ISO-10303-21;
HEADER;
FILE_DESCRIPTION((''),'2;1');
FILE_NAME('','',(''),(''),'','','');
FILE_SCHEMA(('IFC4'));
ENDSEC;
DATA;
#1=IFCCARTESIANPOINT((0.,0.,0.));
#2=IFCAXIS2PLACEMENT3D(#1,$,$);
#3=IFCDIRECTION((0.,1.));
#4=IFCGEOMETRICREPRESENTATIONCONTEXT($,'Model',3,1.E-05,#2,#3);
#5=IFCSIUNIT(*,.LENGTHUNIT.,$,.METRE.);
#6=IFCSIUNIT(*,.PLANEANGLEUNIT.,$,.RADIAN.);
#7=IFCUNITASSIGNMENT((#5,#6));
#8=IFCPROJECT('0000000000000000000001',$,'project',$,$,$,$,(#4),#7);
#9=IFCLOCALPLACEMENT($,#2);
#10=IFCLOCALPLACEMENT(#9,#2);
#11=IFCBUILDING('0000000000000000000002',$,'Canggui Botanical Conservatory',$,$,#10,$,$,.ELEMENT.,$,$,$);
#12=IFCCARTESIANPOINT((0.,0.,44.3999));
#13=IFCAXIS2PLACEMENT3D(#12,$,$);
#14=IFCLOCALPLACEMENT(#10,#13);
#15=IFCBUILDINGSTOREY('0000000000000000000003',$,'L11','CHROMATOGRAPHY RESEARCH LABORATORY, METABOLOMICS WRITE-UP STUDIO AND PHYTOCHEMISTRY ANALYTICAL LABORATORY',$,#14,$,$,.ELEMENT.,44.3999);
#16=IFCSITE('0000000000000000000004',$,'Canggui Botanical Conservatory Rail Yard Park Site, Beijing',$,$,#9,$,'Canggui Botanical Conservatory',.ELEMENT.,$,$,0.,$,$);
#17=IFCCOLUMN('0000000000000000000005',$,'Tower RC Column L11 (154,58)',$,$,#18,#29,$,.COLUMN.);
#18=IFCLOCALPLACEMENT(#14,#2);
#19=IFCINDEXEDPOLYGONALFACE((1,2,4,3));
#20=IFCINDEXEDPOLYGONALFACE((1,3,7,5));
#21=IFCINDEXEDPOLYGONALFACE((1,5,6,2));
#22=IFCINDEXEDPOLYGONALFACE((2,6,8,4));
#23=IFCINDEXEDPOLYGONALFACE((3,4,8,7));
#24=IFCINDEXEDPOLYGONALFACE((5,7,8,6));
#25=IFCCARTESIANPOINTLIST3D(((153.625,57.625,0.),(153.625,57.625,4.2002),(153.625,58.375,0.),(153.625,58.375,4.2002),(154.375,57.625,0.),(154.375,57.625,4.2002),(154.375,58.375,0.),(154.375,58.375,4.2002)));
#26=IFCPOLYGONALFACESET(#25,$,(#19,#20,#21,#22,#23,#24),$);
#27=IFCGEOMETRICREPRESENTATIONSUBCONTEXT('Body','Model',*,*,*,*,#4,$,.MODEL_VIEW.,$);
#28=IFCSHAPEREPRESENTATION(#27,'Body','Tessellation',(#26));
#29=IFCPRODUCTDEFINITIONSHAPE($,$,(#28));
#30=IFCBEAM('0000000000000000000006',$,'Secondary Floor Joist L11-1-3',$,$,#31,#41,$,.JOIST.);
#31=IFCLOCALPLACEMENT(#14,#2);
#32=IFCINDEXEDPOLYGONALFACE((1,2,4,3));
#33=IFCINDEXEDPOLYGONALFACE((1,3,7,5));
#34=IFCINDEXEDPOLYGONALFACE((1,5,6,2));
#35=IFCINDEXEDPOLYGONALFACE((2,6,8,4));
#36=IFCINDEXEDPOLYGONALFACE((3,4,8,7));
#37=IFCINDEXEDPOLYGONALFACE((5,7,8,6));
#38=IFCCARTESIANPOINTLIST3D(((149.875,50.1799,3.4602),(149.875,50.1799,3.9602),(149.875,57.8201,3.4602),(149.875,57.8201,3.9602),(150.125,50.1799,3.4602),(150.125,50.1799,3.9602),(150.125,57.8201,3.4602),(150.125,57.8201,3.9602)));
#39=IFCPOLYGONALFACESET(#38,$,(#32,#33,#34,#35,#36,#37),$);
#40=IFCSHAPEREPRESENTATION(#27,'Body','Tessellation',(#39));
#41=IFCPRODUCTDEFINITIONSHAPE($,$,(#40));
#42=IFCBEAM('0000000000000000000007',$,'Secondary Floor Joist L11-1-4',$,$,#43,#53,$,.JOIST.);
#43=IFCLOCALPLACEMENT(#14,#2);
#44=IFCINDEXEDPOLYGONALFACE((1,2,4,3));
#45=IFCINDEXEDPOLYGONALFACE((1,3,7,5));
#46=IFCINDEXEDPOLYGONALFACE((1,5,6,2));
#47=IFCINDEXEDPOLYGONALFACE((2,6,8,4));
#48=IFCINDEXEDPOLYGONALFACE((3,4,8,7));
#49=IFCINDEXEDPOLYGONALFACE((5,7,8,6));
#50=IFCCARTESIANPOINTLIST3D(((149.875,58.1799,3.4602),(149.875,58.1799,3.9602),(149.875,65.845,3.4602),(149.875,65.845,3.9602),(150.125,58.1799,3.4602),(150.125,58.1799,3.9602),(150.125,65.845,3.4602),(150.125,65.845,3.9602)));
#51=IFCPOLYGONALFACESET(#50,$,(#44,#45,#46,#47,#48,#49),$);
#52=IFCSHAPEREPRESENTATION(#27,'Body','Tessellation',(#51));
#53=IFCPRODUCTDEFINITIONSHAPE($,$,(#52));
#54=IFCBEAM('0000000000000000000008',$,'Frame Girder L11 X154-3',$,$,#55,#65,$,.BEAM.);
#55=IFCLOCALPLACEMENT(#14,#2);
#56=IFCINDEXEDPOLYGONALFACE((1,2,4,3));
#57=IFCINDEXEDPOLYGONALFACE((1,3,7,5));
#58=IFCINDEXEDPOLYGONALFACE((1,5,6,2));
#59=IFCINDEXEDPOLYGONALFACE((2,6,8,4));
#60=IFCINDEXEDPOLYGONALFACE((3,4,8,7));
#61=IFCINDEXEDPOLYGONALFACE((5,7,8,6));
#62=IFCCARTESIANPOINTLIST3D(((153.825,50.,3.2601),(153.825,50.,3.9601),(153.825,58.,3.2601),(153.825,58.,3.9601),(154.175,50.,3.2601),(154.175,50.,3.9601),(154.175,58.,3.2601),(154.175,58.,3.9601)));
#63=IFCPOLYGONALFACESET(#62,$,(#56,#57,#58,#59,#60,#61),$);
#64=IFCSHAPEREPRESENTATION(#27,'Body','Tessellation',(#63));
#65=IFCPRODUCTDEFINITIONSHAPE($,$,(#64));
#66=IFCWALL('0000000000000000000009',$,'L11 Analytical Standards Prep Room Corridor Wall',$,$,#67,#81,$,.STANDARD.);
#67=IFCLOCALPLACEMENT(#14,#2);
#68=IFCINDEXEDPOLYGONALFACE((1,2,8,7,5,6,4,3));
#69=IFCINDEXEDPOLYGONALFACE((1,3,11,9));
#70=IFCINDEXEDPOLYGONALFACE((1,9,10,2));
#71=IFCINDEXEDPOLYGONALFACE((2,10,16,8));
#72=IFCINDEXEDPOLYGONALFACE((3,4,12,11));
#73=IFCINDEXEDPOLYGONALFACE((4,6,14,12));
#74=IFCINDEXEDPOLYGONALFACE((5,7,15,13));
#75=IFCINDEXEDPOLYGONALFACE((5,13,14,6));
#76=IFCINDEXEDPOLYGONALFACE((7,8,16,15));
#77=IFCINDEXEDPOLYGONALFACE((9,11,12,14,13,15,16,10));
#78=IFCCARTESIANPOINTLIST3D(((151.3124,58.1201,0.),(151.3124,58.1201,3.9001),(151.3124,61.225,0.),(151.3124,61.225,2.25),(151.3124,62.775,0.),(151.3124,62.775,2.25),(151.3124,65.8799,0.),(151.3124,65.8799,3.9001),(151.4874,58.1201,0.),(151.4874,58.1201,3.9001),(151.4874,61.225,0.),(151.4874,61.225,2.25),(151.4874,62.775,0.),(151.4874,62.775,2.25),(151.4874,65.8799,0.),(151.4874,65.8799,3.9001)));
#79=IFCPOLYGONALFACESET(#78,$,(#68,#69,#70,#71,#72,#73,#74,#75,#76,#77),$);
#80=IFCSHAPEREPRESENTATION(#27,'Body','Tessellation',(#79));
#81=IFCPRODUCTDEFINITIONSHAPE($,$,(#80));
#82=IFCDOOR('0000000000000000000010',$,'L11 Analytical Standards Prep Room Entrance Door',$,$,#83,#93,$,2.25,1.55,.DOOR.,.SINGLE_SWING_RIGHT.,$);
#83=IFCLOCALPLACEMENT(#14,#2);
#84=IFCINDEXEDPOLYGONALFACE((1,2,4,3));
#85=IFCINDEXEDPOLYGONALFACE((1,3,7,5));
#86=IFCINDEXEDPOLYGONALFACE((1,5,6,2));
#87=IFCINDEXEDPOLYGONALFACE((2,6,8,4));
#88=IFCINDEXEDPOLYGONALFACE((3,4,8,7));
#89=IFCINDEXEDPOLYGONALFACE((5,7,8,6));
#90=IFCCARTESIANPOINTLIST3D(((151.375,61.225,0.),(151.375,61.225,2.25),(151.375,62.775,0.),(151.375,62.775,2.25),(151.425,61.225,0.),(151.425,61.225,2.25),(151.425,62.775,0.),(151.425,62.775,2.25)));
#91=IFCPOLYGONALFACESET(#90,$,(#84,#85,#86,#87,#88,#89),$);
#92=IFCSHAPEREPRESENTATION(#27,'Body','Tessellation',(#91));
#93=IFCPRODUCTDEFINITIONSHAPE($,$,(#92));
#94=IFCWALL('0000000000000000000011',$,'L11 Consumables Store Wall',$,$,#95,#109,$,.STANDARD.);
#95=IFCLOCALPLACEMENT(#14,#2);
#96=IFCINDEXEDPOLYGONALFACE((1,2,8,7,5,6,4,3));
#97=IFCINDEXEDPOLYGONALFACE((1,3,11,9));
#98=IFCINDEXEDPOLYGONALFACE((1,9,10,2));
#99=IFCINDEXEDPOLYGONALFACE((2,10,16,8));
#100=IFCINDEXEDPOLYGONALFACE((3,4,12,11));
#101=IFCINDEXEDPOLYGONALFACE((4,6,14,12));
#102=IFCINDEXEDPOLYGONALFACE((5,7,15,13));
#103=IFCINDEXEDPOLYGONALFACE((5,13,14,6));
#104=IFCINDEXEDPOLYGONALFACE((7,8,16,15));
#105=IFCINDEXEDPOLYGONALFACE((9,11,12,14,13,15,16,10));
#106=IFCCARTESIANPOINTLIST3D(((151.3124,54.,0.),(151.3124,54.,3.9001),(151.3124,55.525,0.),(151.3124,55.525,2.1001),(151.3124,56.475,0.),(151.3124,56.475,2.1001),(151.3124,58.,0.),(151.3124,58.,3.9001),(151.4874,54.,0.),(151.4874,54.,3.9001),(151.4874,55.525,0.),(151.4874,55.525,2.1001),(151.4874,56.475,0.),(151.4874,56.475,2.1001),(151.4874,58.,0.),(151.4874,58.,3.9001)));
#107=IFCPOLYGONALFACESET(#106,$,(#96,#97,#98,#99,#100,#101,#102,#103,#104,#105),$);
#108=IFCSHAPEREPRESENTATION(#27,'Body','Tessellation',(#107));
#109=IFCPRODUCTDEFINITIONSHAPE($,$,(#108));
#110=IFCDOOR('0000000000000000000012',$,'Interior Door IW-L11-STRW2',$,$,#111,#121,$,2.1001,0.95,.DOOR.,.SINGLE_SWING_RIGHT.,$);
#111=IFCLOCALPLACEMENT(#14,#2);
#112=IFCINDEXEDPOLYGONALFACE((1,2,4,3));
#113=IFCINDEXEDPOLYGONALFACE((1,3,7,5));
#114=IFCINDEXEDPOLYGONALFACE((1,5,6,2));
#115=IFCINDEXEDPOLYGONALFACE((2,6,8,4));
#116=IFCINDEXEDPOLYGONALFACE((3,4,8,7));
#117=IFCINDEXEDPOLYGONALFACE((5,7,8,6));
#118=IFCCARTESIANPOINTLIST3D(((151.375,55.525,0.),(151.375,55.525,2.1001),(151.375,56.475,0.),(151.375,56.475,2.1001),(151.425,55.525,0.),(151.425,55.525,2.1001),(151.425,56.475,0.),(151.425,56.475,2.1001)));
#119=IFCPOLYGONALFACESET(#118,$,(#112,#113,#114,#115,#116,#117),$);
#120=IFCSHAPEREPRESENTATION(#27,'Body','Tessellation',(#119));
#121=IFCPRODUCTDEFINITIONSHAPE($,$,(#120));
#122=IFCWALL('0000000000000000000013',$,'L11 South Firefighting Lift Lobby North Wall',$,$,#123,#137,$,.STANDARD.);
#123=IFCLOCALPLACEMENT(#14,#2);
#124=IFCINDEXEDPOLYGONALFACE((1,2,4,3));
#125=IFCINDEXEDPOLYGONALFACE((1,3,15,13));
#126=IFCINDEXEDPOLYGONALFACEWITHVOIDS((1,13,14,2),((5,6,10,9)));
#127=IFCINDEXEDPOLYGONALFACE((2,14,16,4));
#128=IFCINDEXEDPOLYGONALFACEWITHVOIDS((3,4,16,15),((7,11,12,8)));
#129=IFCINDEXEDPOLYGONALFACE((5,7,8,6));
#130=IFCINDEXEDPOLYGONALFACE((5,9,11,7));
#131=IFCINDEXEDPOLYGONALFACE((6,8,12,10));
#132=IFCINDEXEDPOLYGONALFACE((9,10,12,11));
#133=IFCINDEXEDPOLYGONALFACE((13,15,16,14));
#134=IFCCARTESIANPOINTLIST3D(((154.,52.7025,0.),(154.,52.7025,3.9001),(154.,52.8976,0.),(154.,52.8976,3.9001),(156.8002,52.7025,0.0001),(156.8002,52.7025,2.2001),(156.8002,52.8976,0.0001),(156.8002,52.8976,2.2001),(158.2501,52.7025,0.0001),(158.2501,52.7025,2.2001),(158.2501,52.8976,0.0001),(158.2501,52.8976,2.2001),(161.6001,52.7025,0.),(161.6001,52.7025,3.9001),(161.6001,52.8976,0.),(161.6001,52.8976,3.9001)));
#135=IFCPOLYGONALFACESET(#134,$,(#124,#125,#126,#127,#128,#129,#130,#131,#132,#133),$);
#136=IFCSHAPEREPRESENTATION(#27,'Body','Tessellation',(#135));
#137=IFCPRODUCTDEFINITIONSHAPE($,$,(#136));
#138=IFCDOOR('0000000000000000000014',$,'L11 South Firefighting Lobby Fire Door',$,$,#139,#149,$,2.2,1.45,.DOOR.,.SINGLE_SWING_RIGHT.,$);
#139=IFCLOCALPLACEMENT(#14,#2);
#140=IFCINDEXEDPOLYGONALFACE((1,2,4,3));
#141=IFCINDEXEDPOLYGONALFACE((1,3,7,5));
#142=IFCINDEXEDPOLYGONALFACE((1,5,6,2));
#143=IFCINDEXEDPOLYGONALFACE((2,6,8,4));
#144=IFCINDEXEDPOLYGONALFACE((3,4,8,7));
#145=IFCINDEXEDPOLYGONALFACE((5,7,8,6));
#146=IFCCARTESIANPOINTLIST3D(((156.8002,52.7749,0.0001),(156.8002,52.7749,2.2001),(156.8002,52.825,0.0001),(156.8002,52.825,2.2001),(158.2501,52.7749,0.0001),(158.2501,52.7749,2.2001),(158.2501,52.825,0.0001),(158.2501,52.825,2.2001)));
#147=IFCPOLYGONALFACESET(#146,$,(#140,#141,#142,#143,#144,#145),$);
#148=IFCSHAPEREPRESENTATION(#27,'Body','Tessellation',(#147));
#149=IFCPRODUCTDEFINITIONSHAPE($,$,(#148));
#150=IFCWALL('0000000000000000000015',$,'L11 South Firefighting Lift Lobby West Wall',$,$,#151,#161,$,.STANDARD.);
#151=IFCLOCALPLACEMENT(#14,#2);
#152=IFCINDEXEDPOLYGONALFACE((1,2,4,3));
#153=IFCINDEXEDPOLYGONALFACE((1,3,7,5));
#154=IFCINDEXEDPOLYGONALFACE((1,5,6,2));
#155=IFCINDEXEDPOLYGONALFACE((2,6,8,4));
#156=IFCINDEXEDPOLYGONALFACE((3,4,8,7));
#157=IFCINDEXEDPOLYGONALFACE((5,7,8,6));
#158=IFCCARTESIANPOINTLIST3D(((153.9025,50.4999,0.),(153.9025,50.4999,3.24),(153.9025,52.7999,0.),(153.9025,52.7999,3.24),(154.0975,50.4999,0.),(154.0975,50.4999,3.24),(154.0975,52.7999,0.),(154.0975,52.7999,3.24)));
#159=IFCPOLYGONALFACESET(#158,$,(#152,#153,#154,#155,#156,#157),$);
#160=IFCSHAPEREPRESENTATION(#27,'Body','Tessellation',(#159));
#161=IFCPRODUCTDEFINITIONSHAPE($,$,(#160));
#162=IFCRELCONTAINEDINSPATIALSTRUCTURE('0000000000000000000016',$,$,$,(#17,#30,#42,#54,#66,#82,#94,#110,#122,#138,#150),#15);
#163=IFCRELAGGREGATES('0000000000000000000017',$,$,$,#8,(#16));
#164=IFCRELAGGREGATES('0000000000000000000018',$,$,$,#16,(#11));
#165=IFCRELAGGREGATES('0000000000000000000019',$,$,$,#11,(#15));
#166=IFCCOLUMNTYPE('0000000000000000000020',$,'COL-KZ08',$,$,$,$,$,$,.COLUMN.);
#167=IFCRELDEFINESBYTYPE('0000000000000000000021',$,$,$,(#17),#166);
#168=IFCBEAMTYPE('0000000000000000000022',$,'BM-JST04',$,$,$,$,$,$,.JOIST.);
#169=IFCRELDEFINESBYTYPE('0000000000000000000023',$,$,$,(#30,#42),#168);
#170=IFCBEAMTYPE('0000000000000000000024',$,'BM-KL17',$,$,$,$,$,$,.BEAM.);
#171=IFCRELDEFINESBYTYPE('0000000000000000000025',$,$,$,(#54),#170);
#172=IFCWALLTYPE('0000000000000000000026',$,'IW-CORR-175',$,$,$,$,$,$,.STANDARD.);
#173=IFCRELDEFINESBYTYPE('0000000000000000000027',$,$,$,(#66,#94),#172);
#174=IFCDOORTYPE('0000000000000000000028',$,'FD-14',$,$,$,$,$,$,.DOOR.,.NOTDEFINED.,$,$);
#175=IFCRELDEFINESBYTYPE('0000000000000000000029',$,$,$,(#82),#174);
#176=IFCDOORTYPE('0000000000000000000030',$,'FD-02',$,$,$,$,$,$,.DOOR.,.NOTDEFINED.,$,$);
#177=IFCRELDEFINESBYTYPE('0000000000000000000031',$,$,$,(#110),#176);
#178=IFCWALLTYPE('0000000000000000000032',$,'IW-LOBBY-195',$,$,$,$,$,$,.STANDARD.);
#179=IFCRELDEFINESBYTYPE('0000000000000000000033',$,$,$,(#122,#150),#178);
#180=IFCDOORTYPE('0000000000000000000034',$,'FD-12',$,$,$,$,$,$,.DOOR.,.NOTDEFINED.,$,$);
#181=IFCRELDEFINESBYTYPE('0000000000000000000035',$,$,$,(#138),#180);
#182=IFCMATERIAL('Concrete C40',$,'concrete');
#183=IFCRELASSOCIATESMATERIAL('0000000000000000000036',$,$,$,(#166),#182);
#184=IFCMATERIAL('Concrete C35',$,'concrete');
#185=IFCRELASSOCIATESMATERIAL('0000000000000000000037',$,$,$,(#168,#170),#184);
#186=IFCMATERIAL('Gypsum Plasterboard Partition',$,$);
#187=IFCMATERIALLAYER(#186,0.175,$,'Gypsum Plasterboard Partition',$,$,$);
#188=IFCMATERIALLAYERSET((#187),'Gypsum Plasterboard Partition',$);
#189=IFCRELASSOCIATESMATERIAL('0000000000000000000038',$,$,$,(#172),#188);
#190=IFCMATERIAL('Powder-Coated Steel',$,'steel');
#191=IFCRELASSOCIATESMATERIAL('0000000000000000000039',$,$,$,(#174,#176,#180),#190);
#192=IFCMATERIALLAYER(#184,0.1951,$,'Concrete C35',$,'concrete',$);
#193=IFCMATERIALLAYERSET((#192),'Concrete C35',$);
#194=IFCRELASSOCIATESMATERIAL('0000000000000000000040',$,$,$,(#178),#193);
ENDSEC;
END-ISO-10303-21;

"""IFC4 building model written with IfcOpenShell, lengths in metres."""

from ifc_helpers import new_model, si_unit, direction, frame, frame_2d, origin, origin_2d, place, context, subcontext, project, spatial, rectangle, extrude, material, layer, layer_set, material_profile, profile_set, type_object, element, fill, save


model = new_model("IFC4")

# Units and contexts
model_context = context("Model", 3, precision=1e-05, world=origin(), true_north=direction((0.0, 1.0)))
body_context = subcontext(model_context, "Body", "Model", "MODEL_VIEW")
ifc_project = project(units=[si_unit("LENGTHUNIT", "METRE"), si_unit("PLANEANGLEUNIT", "RADIAN")], contexts=[model_context])

# Site, building, storey
site_placement = place(None, origin())
site = spatial("IfcSite", under=ifc_project, at=site_placement, Name="Canggui Botanical Conservatory Rail Yard Park Site, Beijing", LongName="Canggui Botanical Conservatory", CompositionType="ELEMENT", RefElevation=0.0)
building_placement = place(site_placement, origin())
building = spatial("IfcBuilding", under=site, at=building_placement, Name="Canggui Botanical Conservatory", CompositionType="ELEMENT")
storey_placement = place(building_placement, frame((0.0, 0.0, 44.3999)))
storey = spatial("IfcBuildingStorey", under=building, at=storey_placement, Name="L11", Description="CHROMATOGRAPHY RESEARCH LABORATORY, METABOLOMICS WRITE-UP STUDIO AND PHYTOCHEMISTRY ANALYTICAL LABORATORY", CompositionType="ELEMENT", Elevation=44.3999)

# Column
ifc_material_1 = material(Name="Concrete C40", Category="concrete")
ifc_material_profile_1 = material_profile(ifc_material_1, rectangle(XDim=0.75, YDim=0.75, at=origin_2d()), Name="RC 750x750")
ifc_profile_set_1 = profile_set([ifc_material_profile_1], Name="Concrete C40")
column_type = type_object("IfcColumnType", Name="COL-KZ08", PredefinedType="COLUMN", material=ifc_profile_set_1)
column_placement = place(storey_placement, frame((154.0, 58.0, 0.0), z_axis=(0.0, 0.0, 1.0), x_axis=(1.0, 0.0, 0.0)))
element("IfcColumn", 1, at=column_placement, inside=storey, type_object=column_type, Name="Tower RC Column L11 (154,58)", PredefinedType="COLUMN", context=body_context, shape_type="SweptSolid", body=[
    extrude(rectangle(XDim=0.75, YDim=0.75, at=origin_2d()), origin(), (0.0, 0.0, 1.0), 4.2002),
])

# Beams
ifc_material_2 = material(Name="Concrete C35", Category="concrete")
ifc_material_profile_2 = material_profile(ifc_material_2, rectangle(XDim=0.25, YDim=0.5, at=origin_2d()), Name="RB 250x500")
ifc_profile_set_2 = profile_set([ifc_material_profile_2], Name="Concrete C35")
beam_type_1 = type_object("IfcBeamType", Name="BM-JST04", PredefinedType="JOIST", material=ifc_profile_set_2)
beam_1_placement = place(storey_placement, frame((150.0, 50.1799, 3.7102), z_axis=(0.0, 1.0, 0.0), x_axis=(-1.0, 0.0, 0.0)))
element("IfcBeam", 2, at=beam_1_placement, inside=storey, type_object=beam_type_1, Name="Secondary Floor Joist L11-1-3", PredefinedType="JOIST", context=body_context, shape_type="SweptSolid", body=[
    extrude(rectangle(XDim=0.25, YDim=0.5, at=origin_2d()), origin(), (0.0, 0.0, 1.0), 7.6401),
])
beam_2_placement = place(storey_placement, frame((150.0, 58.1799, 3.7102), z_axis=(0.0, 1.0, 0.0), x_axis=(-1.0, 0.0, 0.0)))
element("IfcBeam", 3, at=beam_2_placement, inside=storey, type_object=beam_type_1, Name="Secondary Floor Joist L11-1-4", PredefinedType="JOIST", context=body_context, shape_type="SweptSolid", body=[
    extrude(rectangle(XDim=0.25, YDim=0.5, at=origin_2d()), origin(), (0.0, 0.0, 1.0), 7.665),
])
ifc_material_profile_3 = material_profile(ifc_material_2, rectangle(XDim=0.3501, YDim=0.7, at=origin_2d()), Name="RB 350x700")
ifc_profile_set_3 = profile_set([ifc_material_profile_3], Name="Concrete C35")
beam_type_2 = type_object("IfcBeamType", Name="BM-KL17", PredefinedType="BEAM", material=ifc_profile_set_3)
beam_3_placement = place(storey_placement, frame((154.0, 50.0, 3.6101), z_axis=(0.0, 1.0, 0.0), x_axis=(-1.0, 0.0, 0.0)))
element("IfcBeam", 4, at=beam_3_placement, inside=storey, type_object=beam_type_2, Name="Frame Girder L11 X154-3", PredefinedType="BEAM", context=body_context, shape_type="SweptSolid", body=[
    extrude(rectangle(XDim=0.3501, YDim=0.7, at=origin_2d()), origin(), (0.0, 0.0, 1.0), 8.0),
])

# Walls, openings, doors
ifc_material_3 = material(Name="Gypsum Plasterboard Partition")
ifc_layer_1 = layer(ifc_material_3, 0.175, Name="Gypsum Plasterboard Partition")
ifc_layer_set_1 = layer_set([ifc_layer_1], Name="Gypsum Plasterboard Partition")
wall_type_1 = type_object("IfcWallType", Name="IW-CORR-175", PredefinedType="STANDARD", material=ifc_layer_set_1)
wall_1_placement = place(storey_placement, frame((151.3999, 58.1201, 0.0), z_axis=(0.0, 0.0, 1.0), x_axis=(0.0, 1.0, 0.0)))
wall_1 = element("IfcWall", 5, at=wall_1_placement, inside=storey, type_object=wall_type_1, Name="L11 Analytical Standards Prep Room Corridor Wall", PredefinedType="STANDARD", context=body_context, shape_type="SweptSolid", body=[
    extrude(rectangle(XDim=7.7598, YDim=0.175, at=frame_2d((3.8799, 0.0))), origin(), (0.0, 0.0, 1.0), 3.9001),
])
opening_1_placement = place(wall_1_placement, frame((3.105, 0.0, 0.0)))
opening_1 = element("IfcOpeningElement", 6, at=opening_1_placement, cuts=wall_1, PredefinedType="OPENING", context=body_context, shape_type="SweptSolid", body=[
    extrude(rectangle(XDim=1.55, YDim=2.25, at=frame_2d((0.7749, 1.125))), frame((0.0, 0.0977, 0.0), z_axis=(0.0, -1.0, 0.0), x_axis=(1.0, 0.0, 0.0)), (0.0, 0.0, 1.0), 0.1951),
])
ifc_material_4 = material(Name="Powder-Coated Steel", Category="steel")
door_type_1 = type_object("IfcDoorType", Name="FD-14", OperationType="NOTDEFINED", PredefinedType="DOOR", material=ifc_material_4)
door_1_placement = place(opening_1_placement, origin())
door_1 = element("IfcDoor", 7, at=door_1_placement, inside=storey, type_object=door_type_1, Name="L11 Analytical Standards Prep Room Entrance Door", OperationType="SINGLE_SWING_RIGHT", OverallHeight=2.25, OverallWidth=1.55, PredefinedType="DOOR", context=body_context, shape_type="SweptSolid", body=[
    extrude(rectangle(XDim=1.55, YDim=2.25, at=frame_2d((0.7749, 1.125))), frame((0.0, 0.0249, 0.0), z_axis=(0.0, -1.0, 0.0), x_axis=(1.0, 0.0, 0.0)), (0.0, 0.0, 1.0), 0.05),
])
fill(opening_1, door_1)
wall_2_placement = place(storey_placement, frame((151.3999, 54.0, 0.0), z_axis=(0.0, 0.0, 1.0), x_axis=(0.0, 1.0, 0.0)))
wall_2 = element("IfcWall", 8, at=wall_2_placement, inside=storey, type_object=wall_type_1, Name="L11 Consumables Store Wall", PredefinedType="STANDARD", context=body_context, shape_type="SweptSolid", body=[
    extrude(rectangle(XDim=4.0, YDim=0.175, at=frame_2d((2.0, 0.0))), origin(), (0.0, 0.0, 1.0), 3.9001),
])
opening_2_placement = place(wall_2_placement, frame((1.5249, 0.0, 0.0)))
opening_2 = element("IfcOpeningElement", 9, at=opening_2_placement, cuts=wall_2, PredefinedType="OPENING", context=body_context, shape_type="SweptSolid", body=[
    extrude(rectangle(XDim=0.95, YDim=2.1001, at=frame_2d((0.4751, 1.05))), frame((0.0, 0.0977, 0.0), z_axis=(0.0, -1.0, 0.0), x_axis=(1.0, 0.0, 0.0)), (0.0, 0.0, 1.0), 0.1951),
])
door_type_2 = type_object("IfcDoorType", Name="FD-02", OperationType="NOTDEFINED", PredefinedType="DOOR", material=ifc_material_4)
door_2_placement = place(opening_2_placement, origin())
door_2 = element("IfcDoor", 10, at=door_2_placement, inside=storey, type_object=door_type_2, Name="Interior Door IW-L11-STRW2", OperationType="SINGLE_SWING_RIGHT", OverallHeight=2.1001, OverallWidth=0.95, PredefinedType="DOOR", context=body_context, shape_type="SweptSolid", body=[
    extrude(rectangle(XDim=0.95, YDim=2.1001, at=frame_2d((0.4751, 1.05))), frame((0.0, 0.0249, 0.0), z_axis=(0.0, -1.0, 0.0), x_axis=(1.0, 0.0, 0.0)), (0.0, 0.0, 1.0), 0.05),
])
fill(opening_2, door_2)
ifc_layer_2 = layer(ifc_material_2, 0.1951, Name="Concrete C35", Category="concrete")
ifc_layer_set_2 = layer_set([ifc_layer_2], Name="Concrete C35")
wall_type_2 = type_object("IfcWallType", Name="IW-LOBBY-195", PredefinedType="STANDARD", material=ifc_layer_set_2)
wall_3_placement = place(storey_placement, frame((154.0, 52.8, 0.0), z_axis=(0.0, 0.0, 1.0), x_axis=(1.0, 0.0, 0.0)))
wall_3 = element("IfcWall", 11, at=wall_3_placement, inside=storey, type_object=wall_type_2, Name="L11 South Firefighting Lift Lobby North Wall", PredefinedType="STANDARD", context=body_context, shape_type="SweptSolid", body=[
    extrude(rectangle(XDim=7.6001, YDim=0.1951, at=frame_2d((3.8, 0.0))), origin(), (0.0, 0.0, 1.0), 3.9001),
])
opening_3_placement = place(wall_3_placement, frame((2.8, 0.0, 0.0)))
opening_3 = element("IfcOpeningElement", 12, at=opening_3_placement, cuts=wall_3, PredefinedType="OPENING", context=body_context, shape_type="SweptSolid", body=[
    extrude(rectangle(XDim=1.45, YDim=2.2, at=frame_2d((0.7251, 1.1001))), frame((0.0, 0.1074, 0.0), z_axis=(0.0, -1.0, 0.0), x_axis=(1.0, 0.0, 0.0)), (0.0, 0.0, 1.0), 0.2151),
])
door_type_3 = type_object("IfcDoorType", Name="FD-12", OperationType="NOTDEFINED", PredefinedType="DOOR", material=ifc_material_4)
door_3_placement = place(opening_3_placement, origin())
door_3 = element("IfcDoor", 13, at=door_3_placement, inside=storey, type_object=door_type_3, Name="L11 South Firefighting Lobby Fire Door", OperationType="SINGLE_SWING_RIGHT", OverallHeight=2.2, OverallWidth=1.45, PredefinedType="DOOR", context=body_context, shape_type="SweptSolid", body=[
    extrude(rectangle(XDim=1.45, YDim=2.2, at=frame_2d((0.7251, 1.1001))), frame((0.0, 0.0249, 0.0), z_axis=(0.0, -1.0, 0.0), x_axis=(1.0, 0.0, 0.0)), (0.0, 0.0, 1.0), 0.05),
])
fill(opening_3, door_3)

# Wall
wall_4_placement = place(storey_placement, frame((154.0, 50.5, 0.0), z_axis=(0.0, 0.0, 1.0), x_axis=(0.0, 1.0, 0.0)))
element("IfcWall", 14, at=wall_4_placement, inside=storey, type_object=wall_type_2, Name="L11 South Firefighting Lift Lobby West Wall", PredefinedType="STANDARD", context=body_context, shape_type="SweptSolid", body=[
    extrude(rectangle(XDim=2.3, YDim=0.1951, at=frame_2d((1.1499, 0.0))), origin(), (0.0, 0.0, 1.0), 3.24),
])

save(model, "model.ifc")
